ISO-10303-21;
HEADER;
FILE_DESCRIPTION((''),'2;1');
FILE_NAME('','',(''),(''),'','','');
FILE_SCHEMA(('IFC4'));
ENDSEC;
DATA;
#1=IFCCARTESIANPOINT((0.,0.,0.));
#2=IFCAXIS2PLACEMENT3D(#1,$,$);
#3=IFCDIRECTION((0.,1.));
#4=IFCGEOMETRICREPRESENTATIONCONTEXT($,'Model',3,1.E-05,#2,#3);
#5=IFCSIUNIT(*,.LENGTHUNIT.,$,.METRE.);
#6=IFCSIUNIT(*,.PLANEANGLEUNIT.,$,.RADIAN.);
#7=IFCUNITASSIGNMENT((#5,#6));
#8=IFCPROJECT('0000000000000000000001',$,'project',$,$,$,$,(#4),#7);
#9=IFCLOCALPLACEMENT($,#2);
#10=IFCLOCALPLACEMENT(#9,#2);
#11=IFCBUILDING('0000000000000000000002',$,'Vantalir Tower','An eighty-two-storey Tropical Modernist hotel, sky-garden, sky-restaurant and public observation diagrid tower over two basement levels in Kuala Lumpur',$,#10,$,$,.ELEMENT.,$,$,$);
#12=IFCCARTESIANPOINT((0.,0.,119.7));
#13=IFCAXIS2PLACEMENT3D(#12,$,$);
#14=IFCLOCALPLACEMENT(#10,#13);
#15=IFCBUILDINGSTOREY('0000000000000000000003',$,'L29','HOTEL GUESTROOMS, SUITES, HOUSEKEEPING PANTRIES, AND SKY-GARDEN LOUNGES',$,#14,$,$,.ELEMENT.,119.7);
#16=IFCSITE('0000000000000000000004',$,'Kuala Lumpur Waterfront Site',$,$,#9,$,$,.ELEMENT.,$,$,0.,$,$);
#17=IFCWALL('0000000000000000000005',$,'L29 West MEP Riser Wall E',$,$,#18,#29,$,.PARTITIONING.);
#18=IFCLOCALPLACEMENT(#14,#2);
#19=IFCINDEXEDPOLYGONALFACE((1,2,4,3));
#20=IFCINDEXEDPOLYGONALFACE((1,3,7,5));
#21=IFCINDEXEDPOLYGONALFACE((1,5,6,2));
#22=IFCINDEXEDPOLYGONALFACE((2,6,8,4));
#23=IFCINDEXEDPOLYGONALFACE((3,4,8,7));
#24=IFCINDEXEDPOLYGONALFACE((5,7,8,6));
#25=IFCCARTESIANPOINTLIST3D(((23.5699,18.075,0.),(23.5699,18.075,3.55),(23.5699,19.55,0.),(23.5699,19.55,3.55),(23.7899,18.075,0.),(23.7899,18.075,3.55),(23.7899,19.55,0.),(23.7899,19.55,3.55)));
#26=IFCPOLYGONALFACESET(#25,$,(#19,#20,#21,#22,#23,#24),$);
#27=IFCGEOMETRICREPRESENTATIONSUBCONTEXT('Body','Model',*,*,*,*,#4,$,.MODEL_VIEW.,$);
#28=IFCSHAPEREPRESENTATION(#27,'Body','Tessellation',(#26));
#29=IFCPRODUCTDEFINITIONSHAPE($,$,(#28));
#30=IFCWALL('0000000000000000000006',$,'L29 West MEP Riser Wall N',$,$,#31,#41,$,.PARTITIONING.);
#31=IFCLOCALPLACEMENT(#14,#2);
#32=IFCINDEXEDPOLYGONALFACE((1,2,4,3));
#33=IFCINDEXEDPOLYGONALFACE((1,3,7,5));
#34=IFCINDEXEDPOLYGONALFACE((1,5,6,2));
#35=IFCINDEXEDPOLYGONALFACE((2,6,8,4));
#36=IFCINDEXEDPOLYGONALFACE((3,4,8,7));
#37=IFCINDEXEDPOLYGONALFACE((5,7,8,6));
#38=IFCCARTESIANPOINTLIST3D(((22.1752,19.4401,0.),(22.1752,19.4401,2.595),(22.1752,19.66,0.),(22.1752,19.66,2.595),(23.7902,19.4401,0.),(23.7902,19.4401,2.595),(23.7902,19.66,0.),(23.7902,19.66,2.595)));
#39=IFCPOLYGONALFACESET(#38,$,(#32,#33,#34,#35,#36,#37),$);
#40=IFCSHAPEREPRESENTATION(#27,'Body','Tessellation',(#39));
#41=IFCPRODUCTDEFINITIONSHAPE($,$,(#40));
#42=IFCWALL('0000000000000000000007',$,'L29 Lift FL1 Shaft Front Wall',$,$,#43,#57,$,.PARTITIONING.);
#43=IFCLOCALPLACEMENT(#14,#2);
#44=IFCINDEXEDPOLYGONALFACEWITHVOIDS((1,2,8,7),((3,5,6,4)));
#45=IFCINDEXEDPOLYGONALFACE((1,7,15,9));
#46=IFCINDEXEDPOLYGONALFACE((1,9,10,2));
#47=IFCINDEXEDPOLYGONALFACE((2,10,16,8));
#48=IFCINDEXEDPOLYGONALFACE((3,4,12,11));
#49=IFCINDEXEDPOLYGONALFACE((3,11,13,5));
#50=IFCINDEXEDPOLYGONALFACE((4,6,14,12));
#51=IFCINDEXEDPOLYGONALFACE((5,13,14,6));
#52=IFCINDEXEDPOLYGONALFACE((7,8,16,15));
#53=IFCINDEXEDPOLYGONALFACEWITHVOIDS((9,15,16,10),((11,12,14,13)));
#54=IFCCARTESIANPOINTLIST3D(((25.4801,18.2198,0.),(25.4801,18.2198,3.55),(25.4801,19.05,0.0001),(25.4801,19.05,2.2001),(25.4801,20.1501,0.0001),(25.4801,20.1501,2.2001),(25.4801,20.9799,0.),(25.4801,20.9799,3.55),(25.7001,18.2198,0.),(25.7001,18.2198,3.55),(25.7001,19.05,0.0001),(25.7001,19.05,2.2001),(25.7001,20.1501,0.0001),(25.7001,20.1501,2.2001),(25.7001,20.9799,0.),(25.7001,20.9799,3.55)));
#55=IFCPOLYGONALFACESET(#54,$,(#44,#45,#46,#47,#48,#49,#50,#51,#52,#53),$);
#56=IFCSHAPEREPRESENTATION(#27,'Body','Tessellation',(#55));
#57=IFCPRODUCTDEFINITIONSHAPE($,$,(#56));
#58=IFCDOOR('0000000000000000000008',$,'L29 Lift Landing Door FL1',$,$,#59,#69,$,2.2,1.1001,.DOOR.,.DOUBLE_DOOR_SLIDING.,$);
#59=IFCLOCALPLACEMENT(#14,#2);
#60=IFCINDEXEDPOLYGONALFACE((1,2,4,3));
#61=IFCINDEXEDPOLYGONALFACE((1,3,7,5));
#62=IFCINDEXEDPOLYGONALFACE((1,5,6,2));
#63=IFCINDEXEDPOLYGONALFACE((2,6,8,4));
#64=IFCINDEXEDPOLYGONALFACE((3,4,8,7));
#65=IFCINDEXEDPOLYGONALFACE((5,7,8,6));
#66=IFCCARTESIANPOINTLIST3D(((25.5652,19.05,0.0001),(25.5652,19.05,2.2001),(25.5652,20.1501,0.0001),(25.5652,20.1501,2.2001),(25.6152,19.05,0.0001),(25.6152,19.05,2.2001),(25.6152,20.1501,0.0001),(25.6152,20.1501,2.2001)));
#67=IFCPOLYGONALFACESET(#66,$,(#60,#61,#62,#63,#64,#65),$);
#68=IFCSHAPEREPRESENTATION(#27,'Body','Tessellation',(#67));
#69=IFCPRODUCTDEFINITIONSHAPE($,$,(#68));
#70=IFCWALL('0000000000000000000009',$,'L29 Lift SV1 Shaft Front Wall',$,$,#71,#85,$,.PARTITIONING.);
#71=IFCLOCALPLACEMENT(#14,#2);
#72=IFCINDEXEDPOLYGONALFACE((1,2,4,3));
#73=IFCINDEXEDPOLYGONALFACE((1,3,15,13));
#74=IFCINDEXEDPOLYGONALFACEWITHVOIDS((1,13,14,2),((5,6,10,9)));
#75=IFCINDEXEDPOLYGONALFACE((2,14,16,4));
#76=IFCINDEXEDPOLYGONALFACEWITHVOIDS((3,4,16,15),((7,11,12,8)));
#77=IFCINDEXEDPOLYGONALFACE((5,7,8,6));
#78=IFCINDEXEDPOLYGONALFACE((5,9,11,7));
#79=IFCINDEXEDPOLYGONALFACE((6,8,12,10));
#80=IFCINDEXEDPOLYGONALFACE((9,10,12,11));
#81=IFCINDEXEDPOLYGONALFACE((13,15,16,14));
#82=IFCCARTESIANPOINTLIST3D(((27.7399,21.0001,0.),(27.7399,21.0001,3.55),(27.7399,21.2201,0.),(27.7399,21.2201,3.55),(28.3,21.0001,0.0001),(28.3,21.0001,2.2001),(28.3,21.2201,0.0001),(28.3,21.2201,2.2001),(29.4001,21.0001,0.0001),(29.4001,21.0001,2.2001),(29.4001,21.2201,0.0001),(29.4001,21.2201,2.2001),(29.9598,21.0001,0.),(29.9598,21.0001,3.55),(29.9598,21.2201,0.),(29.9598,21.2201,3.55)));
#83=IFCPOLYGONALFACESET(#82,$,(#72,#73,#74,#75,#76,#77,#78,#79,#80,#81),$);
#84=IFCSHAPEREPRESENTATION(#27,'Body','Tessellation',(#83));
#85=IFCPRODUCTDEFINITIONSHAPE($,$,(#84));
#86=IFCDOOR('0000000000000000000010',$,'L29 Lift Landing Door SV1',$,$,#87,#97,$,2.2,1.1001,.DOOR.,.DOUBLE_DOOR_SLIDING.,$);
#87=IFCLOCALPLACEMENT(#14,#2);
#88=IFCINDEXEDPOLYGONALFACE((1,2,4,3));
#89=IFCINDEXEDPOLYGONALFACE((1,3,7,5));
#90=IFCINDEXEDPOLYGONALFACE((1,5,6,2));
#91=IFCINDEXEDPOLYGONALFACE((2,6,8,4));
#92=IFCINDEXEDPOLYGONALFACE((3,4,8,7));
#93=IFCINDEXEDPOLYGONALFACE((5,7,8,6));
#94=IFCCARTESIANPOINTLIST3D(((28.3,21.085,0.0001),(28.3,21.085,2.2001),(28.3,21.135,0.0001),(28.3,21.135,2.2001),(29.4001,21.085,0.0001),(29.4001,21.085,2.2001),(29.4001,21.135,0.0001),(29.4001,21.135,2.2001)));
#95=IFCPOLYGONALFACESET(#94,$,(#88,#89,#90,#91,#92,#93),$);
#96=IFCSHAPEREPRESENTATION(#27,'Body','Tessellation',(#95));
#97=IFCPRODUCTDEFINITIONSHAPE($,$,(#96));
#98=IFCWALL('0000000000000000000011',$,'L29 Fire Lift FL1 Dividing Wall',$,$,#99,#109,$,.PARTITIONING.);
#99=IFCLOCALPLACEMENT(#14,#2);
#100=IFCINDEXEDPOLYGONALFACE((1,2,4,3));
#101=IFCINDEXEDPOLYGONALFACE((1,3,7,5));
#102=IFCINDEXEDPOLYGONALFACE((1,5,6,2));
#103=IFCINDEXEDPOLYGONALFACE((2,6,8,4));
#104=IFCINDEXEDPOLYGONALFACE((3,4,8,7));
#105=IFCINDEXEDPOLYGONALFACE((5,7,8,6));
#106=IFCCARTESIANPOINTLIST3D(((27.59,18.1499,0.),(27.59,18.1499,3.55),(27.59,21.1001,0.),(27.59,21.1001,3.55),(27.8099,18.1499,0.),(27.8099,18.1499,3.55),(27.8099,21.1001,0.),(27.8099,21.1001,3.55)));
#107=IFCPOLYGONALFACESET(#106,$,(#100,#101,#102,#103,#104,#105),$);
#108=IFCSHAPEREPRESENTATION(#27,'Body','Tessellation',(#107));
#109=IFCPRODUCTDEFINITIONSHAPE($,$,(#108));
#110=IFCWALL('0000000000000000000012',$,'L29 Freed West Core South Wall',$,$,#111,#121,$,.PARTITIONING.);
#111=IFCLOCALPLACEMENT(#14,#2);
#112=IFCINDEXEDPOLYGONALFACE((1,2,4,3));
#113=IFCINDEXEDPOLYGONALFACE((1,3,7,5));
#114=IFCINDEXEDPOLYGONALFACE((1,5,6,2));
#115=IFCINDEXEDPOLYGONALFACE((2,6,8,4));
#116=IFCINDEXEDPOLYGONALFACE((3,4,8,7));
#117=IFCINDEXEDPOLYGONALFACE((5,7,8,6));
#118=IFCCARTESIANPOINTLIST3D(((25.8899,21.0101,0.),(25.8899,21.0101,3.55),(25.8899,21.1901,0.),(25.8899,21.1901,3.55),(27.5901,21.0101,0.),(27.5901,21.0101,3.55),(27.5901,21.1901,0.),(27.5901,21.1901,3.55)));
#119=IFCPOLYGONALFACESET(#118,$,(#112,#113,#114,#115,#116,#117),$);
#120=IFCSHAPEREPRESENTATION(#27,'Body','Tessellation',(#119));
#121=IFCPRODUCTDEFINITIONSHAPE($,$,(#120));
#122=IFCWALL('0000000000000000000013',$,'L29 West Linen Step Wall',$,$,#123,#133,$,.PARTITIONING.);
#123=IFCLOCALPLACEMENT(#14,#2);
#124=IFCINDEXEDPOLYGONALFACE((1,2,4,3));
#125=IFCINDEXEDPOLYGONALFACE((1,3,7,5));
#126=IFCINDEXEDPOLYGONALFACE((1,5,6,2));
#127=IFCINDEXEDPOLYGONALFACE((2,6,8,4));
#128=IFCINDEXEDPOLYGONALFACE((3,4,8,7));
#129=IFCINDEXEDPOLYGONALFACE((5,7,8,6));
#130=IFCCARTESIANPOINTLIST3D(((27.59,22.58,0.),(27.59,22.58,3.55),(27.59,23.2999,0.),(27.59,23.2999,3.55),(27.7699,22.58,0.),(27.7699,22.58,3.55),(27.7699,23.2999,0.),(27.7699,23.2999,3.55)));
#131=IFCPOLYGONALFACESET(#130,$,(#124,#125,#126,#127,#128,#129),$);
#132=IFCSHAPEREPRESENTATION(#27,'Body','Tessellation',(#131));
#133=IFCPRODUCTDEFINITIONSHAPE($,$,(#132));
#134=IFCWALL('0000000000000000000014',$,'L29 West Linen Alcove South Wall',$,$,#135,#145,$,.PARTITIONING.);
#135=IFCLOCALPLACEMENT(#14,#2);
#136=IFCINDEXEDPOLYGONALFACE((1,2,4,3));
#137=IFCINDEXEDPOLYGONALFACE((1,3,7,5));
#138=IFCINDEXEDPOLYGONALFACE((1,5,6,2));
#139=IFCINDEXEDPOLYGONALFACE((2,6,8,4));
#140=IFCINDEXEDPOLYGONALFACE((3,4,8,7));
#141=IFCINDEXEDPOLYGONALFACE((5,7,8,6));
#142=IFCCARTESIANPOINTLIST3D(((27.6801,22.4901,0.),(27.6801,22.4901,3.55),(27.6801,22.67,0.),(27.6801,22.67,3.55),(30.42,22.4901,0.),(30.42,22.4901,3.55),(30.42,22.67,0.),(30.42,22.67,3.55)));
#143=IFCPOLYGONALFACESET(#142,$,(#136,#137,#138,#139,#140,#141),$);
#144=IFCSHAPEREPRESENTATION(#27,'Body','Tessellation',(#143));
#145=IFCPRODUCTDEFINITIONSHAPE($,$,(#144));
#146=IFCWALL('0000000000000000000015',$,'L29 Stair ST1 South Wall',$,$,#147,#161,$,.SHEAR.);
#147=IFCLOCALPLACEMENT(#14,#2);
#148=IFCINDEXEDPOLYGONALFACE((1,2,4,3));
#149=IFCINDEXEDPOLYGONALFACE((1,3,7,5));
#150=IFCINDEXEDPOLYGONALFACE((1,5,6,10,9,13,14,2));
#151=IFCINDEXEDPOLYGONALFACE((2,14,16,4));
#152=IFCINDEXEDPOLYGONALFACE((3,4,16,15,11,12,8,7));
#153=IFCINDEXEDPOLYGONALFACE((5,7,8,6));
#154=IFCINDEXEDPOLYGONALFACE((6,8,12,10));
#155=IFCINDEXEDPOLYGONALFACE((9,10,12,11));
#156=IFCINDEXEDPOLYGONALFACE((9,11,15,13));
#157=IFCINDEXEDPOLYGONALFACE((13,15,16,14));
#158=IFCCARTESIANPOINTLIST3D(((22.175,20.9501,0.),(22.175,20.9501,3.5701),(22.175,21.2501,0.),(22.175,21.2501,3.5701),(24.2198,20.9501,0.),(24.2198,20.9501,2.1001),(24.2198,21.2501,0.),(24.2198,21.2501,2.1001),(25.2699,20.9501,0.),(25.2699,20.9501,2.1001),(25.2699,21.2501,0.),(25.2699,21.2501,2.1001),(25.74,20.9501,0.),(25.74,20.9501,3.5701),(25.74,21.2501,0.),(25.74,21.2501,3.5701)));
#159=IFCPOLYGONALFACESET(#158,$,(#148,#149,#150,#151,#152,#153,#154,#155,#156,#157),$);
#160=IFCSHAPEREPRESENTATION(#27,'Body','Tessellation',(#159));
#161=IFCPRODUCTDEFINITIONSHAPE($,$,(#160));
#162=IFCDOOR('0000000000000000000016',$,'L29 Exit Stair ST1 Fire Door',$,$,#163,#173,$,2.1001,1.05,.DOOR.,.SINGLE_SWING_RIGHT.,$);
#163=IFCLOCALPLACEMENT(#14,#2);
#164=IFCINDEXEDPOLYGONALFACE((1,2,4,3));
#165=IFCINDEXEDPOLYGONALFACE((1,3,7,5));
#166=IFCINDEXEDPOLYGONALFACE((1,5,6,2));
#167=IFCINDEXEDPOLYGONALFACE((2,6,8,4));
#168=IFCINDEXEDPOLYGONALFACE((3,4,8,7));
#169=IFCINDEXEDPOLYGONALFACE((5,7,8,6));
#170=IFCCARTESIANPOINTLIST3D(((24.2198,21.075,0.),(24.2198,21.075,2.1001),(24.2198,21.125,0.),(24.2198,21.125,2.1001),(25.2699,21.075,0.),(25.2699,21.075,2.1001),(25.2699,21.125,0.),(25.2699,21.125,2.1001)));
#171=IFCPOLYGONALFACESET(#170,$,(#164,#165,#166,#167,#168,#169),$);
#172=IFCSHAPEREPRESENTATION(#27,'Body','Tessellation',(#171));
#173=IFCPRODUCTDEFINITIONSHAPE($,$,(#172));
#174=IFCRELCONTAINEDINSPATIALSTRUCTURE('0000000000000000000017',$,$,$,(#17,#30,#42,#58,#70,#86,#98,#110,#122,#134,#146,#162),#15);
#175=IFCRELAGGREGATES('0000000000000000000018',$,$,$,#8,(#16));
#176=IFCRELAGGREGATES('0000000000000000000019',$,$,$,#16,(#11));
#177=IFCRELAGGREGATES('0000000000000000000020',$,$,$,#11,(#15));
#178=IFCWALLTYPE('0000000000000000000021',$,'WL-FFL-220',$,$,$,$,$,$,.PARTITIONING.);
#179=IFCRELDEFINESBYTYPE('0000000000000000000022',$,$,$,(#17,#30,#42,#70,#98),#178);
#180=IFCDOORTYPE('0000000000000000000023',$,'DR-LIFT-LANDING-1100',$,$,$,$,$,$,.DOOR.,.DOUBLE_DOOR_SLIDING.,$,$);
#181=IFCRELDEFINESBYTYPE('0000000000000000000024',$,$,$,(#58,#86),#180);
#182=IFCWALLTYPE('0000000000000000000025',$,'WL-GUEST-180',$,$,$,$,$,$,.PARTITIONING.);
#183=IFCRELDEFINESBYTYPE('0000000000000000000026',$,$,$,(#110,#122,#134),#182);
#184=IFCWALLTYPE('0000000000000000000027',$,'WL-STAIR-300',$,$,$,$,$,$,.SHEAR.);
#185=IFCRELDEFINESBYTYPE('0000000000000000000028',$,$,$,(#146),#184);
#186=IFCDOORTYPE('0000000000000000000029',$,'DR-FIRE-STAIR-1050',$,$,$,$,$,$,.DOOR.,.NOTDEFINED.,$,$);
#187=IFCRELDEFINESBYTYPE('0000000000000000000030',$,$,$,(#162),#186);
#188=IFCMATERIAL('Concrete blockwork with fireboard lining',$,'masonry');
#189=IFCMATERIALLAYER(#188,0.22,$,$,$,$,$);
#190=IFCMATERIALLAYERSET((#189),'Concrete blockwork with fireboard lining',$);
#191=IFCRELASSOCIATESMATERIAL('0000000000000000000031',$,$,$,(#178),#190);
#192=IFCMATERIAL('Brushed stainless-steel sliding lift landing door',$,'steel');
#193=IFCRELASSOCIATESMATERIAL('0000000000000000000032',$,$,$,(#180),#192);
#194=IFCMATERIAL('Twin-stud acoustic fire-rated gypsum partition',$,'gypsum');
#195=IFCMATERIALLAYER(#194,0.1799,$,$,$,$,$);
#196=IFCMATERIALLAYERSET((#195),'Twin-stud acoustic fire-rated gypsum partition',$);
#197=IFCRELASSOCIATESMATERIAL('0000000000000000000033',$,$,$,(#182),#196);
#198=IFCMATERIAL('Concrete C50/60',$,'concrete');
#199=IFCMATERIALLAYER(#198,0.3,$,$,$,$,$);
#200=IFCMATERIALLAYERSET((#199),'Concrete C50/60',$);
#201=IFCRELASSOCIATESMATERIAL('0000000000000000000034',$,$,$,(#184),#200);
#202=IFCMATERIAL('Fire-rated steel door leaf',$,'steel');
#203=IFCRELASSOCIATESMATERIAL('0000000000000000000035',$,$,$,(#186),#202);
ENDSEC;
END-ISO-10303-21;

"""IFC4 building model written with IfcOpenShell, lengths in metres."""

from ifc_helpers import new_model, si_unit, direction, frame, frame_2d, origin, place, context, subcontext, project, spatial, rectangle, extrude, material, layer, layer_set, type_object, element, fill, save


model = new_model("IFC4")

# Units and contexts
model_context = context("Model", 3, precision=1e-05, world=origin(), true_north=direction((0.0, 1.0)))
body_context = subcontext(model_context, "Body", "Model", "MODEL_VIEW")
ifc_project = project(units=[si_unit("LENGTHUNIT", "METRE"), si_unit("PLANEANGLEUNIT", "RADIAN")], contexts=[model_context])

# Site, building, storey
site_placement = place(None, origin())
site = spatial("IfcSite", under=ifc_project, at=site_placement, Name="Kuala Lumpur Waterfront Site", CompositionType="ELEMENT", RefElevation=0.0)
building_placement = place(site_placement, origin())
building = spatial("IfcBuilding", under=site, at=building_placement, Name="Vantalir Tower", Description="An eighty-two-storey Tropical Modernist hotel, sky-garden, sky-restaurant and public observation diagrid tower over two basement levels in Kuala Lumpur", CompositionType="ELEMENT")
storey_placement = place(building_placement, frame((0.0, 0.0, 119.7)))
storey = spatial("IfcBuildingStorey", under=building, at=storey_placement, Name="L29", Description="HOTEL GUESTROOMS, SUITES, HOUSEKEEPING PANTRIES, AND SKY-GARDEN LOUNGES", CompositionType="ELEMENT", Elevation=119.7)

# Walls
ifc_material_1 = material(Name="Concrete blockwork with fireboard lining", Category="masonry")
ifc_layer_1 = layer(ifc_material_1, 0.22)
ifc_layer_set_1 = layer_set([ifc_layer_1], Name="Concrete blockwork with fireboard lining")
wall_type_1 = type_object("IfcWallType", Name="WL-FFL-220", PredefinedType="PARTITIONING", material=ifc_layer_set_1)
wall_1_placement = place(storey_placement, frame((23.6799, 18.075, 0.0), z_axis=(0.0, 0.0, 1.0), x_axis=(0.0, 1.0, 0.0)))
element("IfcWall", 1, at=wall_1_placement, inside=storey, type_object=wall_type_1, Name="L29 West MEP Riser Wall E", PredefinedType="PARTITIONING", context=body_context, shape_type="SweptSolid", body=[
    extrude(rectangle(XDim=1.4751, YDim=0.22, at=frame_2d((0.7375, 0.0))), origin(), (0.0, 0.0, 1.0), 3.55),
])
wall_2_placement = place(storey_placement, frame((22.175, 19.55, 0.0), z_axis=(0.0, 0.0, 1.0), x_axis=(1.0, 0.0, 0.0)))
element("IfcWall", 2, at=wall_2_placement, inside=storey, type_object=wall_type_1, Name="L29 West MEP Riser Wall N", PredefinedType="PARTITIONING", context=body_context, shape_type="SweptSolid", body=[
    extrude(rectangle(XDim=1.615, YDim=0.22, at=frame_2d((0.8076, 0.0))), origin(), (0.0, 0.0, 1.0), 2.595),
])

# Walls, openings, doors
wall_3_placement = place(storey_placement, frame((25.5901, 18.22, 0.0), z_axis=(0.0, 0.0, 1.0), x_axis=(0.0, 1.0, 0.0)))
wall_3 = element("IfcWall", 3, at=wall_3_placement, inside=storey, type_object=wall_type_1, Name="L29 Lift FL1 Shaft Front Wall", PredefinedType="PARTITIONING", context=body_context, shape_type="SweptSolid", body=[
    extrude(rectangle(XDim=2.76, YDim=0.22, at=frame_2d((1.3799, 0.0))), origin(), (0.0, 0.0, 1.0), 3.55),
])
opening_1_placement = place(wall_3_placement, frame((0.8301, 0.0, 0.0)))
opening_1 = element("IfcOpeningElement", 4, at=opening_1_placement, cuts=wall_3, PredefinedType="OPENING", context=body_context, shape_type="SweptSolid", body=[
    extrude(rectangle(XDim=1.1001, YDim=2.2, at=frame_2d((0.55, 1.1001))), frame((0.0, 0.1199, 0.0), z_axis=(0.0, -1.0, 0.0), x_axis=(1.0, 0.0, 0.0)), (0.0, 0.0, 1.0), 0.24),
])
ifc_material_2 = material(Name="Brushed stainless-steel sliding lift landing door", Category="steel")
door_type_1 = type_object("IfcDoorType", Name="DR-LIFT-LANDING-1100", OperationType="DOUBLE_DOOR_SLIDING", PredefinedType="DOOR", material=ifc_material_2)
door_1_placement = place(opening_1_placement, origin())
door_1 = element("IfcDoor", 5, at=door_1_placement, inside=storey, type_object=door_type_1, Name="L29 Lift Landing Door FL1", OperationType="DOUBLE_DOOR_SLIDING", OverallHeight=2.2, OverallWidth=1.1001, PredefinedType="DOOR", context=body_context, shape_type="SweptSolid", body=[
    extrude(rectangle(XDim=1.1001, YDim=2.2, at=frame_2d((0.55, 1.1001))), frame((0.0, 0.0249, 0.0), z_axis=(0.0, -1.0, 0.0), x_axis=(1.0, 0.0, 0.0)), (0.0, 0.0, 1.0), 0.05),
])
fill(opening_1, door_1)
wall_4_placement = place(storey_placement, frame((27.74, 21.1101, 0.0), z_axis=(0.0, 0.0, 1.0), x_axis=(1.0, 0.0, 0.0)))
wall_4 = element("IfcWall", 6, at=wall_4_placement, inside=storey, type_object=wall_type_1, Name="L29 Lift SV1 Shaft Front Wall", PredefinedType="PARTITIONING", context=body_context, shape_type="SweptSolid", body=[
    extrude(rectangle(XDim=2.22, YDim=0.22, at=frame_2d((1.1099, 0.0))), origin(), (0.0, 0.0, 1.0), 3.55),
])
opening_2_placement = place(wall_4_placement, frame((0.5601, 0.0, 0.0)))
opening_2 = element("IfcOpeningElement", 7, at=opening_2_placement, cuts=wall_4, PredefinedType="OPENING", context=body_context, shape_type="SweptSolid", body=[
    extrude(rectangle(XDim=1.1001, YDim=2.2, at=frame_2d((0.55, 1.1001))), frame((0.0, 0.1199, 0.0), z_axis=(0.0, -1.0, 0.0), x_axis=(1.0, 0.0, 0.0)), (0.0, 0.0, 1.0), 0.24),
])
door_2_placement = place(opening_2_placement, origin())
door_2 = element("IfcDoor", 8, at=door_2_placement, inside=storey, type_object=door_type_1, Name="L29 Lift Landing Door SV1", OperationType="DOUBLE_DOOR_SLIDING", OverallHeight=2.2, OverallWidth=1.1001, PredefinedType="DOOR", context=body_context, shape_type="SweptSolid", body=[
    extrude(rectangle(XDim=1.1001, YDim=2.2, at=frame_2d((0.55, 1.1001))), frame((0.0, 0.0249, 0.0), z_axis=(0.0, -1.0, 0.0), x_axis=(1.0, 0.0, 0.0)), (0.0, 0.0, 1.0), 0.05),
])
fill(opening_2, door_2)

# Walls
wall_5_placement = place(storey_placement, frame((27.7, 18.1499, 0.0), z_axis=(0.0, 0.0, 1.0), x_axis=(0.0, 1.0, 0.0)))
element("IfcWall", 9, at=wall_5_placement, inside=storey, type_object=wall_type_1, Name="L29 Fire Lift FL1 Dividing Wall", PredefinedType="PARTITIONING", context=body_context, shape_type="SweptSolid", body=[
    extrude(rectangle(XDim=2.9502, YDim=0.22, at=frame_2d((1.4751, 0.0))), origin(), (0.0, 0.0, 1.0), 3.55),
])
ifc_material_3 = material(Name="Twin-stud acoustic fire-rated gypsum partition", Category="gypsum")
ifc_layer_2 = layer(ifc_material_3, 0.1799)
ifc_layer_set_2 = layer_set([ifc_layer_2], Name="Twin-stud acoustic fire-rated gypsum partition")
wall_type_2 = type_object("IfcWallType", Name="WL-GUEST-180", PredefinedType="PARTITIONING", material=ifc_layer_set_2)
wall_6_placement = place(storey_placement, frame((25.8899, 21.1001, 0.0), z_axis=(0.0, 0.0, 1.0), x_axis=(1.0, 0.0, 0.0)))
element("IfcWall", 10, at=wall_6_placement, inside=storey, type_object=wall_type_2, Name="L29 Freed West Core South Wall", PredefinedType="PARTITIONING", context=body_context, shape_type="SweptSolid", body=[
    extrude(rectangle(XDim=1.7002, YDim=0.1799, at=frame_2d((0.8501, 0.0))), origin(), (0.0, 0.0, 1.0), 3.55),
])
wall_7_placement = place(storey_placement, frame((27.6799, 22.5801, 0.0), z_axis=(0.0, 0.0, 1.0), x_axis=(0.0, 1.0, 0.0)))
element("IfcWall", 11, at=wall_7_placement, inside=storey, type_object=wall_type_2, Name="L29 West Linen Step Wall", PredefinedType="PARTITIONING", context=body_context, shape_type="SweptSolid", body=[
    extrude(rectangle(XDim=0.72, YDim=0.1799, at=frame_2d((0.3599, 0.0))), origin(), (0.0, 0.0, 1.0), 3.55),
])
wall_8_placement = place(storey_placement, frame((27.6799, 22.5801, 0.0), z_axis=(0.0, 0.0, 1.0), x_axis=(1.0, 0.0, 0.0)))
element("IfcWall", 12, at=wall_8_placement, inside=storey, type_object=wall_type_2, Name="L29 West Linen Alcove South Wall", PredefinedType="PARTITIONING", context=body_context, shape_type="SweptSolid", body=[
    extrude(rectangle(XDim=2.74, YDim=0.1799, at=frame_2d((1.3701, 0.0))), origin(), (0.0, 0.0, 1.0), 3.55),
])

# Wall, opening, door
ifc_material_4 = material(Name="Concrete C50/60", Category="concrete")
ifc_layer_3 = layer(ifc_material_4, 0.3)
ifc_layer_set_3 = layer_set([ifc_layer_3], Name="Concrete C50/60")
wall_type_3 = type_object("IfcWallType", Name="WL-STAIR-300", PredefinedType="SHEAR", material=ifc_layer_set_3)
wall_9_placement = place(storey_placement, frame((22.175, 21.1001, 0.0), z_axis=(0.0, 0.0, 1.0), x_axis=(1.0, 0.0, 0.0)))
wall_9 = element("IfcWall", 13, at=wall_9_placement, inside=storey, type_object=wall_type_3, Name="L29 Stair ST1 South Wall", PredefinedType="SHEAR", context=body_context, shape_type="SweptSolid", body=[
    extrude(rectangle(XDim=3.5649, YDim=0.3, at=frame_2d((1.7825, 0.0))), origin(), (0.0, 0.0, 1.0), 3.5701),
])
opening_3_placement = place(wall_9_placement, frame((2.0449, 0.0, 0.0)))
opening_3 = element("IfcOpeningElement", 14, at=opening_3_placement, cuts=wall_9, PredefinedType="OPENING", context=body_context, shape_type="SweptSolid", body=[
    extrude(rectangle(XDim=1.05, YDim=2.1001, at=frame_2d((0.5249, 1.05))), frame((0.0, 0.1599, 0.0), z_axis=(0.0, -1.0, 0.0), x_axis=(1.0, 0.0, 0.0)), (0.0, 0.0, 1.0), 0.3201),
])
ifc_material_5 = material(Name="Fire-rated steel door leaf", Category="steel")
door_type_2 = type_object("IfcDoorType", Name="DR-FIRE-STAIR-1050", OperationType="NOTDEFINED", PredefinedType="DOOR", material=ifc_material_5)
door_3_placement = place(opening_3_placement, origin())
door_3 = element("IfcDoor", 15, at=door_3_placement, inside=storey, type_object=door_type_2, Name="L29 Exit Stair ST1 Fire Door", OperationType="SINGLE_SWING_RIGHT", OverallHeight=2.1001, OverallWidth=1.05, PredefinedType="DOOR", context=body_context, shape_type="SweptSolid", body=[
    extrude(rectangle(XDim=1.05, YDim=2.1001, at=frame_2d((0.5249, 1.05))), frame((0.0, 0.0249, 0.0), z_axis=(0.0, -1.0, 0.0), x_axis=(1.0, 0.0, 0.0)), (0.0, 0.0, 1.0), 0.05),
])
fill(opening_3, door_3)

save(model, "model.ifc")
